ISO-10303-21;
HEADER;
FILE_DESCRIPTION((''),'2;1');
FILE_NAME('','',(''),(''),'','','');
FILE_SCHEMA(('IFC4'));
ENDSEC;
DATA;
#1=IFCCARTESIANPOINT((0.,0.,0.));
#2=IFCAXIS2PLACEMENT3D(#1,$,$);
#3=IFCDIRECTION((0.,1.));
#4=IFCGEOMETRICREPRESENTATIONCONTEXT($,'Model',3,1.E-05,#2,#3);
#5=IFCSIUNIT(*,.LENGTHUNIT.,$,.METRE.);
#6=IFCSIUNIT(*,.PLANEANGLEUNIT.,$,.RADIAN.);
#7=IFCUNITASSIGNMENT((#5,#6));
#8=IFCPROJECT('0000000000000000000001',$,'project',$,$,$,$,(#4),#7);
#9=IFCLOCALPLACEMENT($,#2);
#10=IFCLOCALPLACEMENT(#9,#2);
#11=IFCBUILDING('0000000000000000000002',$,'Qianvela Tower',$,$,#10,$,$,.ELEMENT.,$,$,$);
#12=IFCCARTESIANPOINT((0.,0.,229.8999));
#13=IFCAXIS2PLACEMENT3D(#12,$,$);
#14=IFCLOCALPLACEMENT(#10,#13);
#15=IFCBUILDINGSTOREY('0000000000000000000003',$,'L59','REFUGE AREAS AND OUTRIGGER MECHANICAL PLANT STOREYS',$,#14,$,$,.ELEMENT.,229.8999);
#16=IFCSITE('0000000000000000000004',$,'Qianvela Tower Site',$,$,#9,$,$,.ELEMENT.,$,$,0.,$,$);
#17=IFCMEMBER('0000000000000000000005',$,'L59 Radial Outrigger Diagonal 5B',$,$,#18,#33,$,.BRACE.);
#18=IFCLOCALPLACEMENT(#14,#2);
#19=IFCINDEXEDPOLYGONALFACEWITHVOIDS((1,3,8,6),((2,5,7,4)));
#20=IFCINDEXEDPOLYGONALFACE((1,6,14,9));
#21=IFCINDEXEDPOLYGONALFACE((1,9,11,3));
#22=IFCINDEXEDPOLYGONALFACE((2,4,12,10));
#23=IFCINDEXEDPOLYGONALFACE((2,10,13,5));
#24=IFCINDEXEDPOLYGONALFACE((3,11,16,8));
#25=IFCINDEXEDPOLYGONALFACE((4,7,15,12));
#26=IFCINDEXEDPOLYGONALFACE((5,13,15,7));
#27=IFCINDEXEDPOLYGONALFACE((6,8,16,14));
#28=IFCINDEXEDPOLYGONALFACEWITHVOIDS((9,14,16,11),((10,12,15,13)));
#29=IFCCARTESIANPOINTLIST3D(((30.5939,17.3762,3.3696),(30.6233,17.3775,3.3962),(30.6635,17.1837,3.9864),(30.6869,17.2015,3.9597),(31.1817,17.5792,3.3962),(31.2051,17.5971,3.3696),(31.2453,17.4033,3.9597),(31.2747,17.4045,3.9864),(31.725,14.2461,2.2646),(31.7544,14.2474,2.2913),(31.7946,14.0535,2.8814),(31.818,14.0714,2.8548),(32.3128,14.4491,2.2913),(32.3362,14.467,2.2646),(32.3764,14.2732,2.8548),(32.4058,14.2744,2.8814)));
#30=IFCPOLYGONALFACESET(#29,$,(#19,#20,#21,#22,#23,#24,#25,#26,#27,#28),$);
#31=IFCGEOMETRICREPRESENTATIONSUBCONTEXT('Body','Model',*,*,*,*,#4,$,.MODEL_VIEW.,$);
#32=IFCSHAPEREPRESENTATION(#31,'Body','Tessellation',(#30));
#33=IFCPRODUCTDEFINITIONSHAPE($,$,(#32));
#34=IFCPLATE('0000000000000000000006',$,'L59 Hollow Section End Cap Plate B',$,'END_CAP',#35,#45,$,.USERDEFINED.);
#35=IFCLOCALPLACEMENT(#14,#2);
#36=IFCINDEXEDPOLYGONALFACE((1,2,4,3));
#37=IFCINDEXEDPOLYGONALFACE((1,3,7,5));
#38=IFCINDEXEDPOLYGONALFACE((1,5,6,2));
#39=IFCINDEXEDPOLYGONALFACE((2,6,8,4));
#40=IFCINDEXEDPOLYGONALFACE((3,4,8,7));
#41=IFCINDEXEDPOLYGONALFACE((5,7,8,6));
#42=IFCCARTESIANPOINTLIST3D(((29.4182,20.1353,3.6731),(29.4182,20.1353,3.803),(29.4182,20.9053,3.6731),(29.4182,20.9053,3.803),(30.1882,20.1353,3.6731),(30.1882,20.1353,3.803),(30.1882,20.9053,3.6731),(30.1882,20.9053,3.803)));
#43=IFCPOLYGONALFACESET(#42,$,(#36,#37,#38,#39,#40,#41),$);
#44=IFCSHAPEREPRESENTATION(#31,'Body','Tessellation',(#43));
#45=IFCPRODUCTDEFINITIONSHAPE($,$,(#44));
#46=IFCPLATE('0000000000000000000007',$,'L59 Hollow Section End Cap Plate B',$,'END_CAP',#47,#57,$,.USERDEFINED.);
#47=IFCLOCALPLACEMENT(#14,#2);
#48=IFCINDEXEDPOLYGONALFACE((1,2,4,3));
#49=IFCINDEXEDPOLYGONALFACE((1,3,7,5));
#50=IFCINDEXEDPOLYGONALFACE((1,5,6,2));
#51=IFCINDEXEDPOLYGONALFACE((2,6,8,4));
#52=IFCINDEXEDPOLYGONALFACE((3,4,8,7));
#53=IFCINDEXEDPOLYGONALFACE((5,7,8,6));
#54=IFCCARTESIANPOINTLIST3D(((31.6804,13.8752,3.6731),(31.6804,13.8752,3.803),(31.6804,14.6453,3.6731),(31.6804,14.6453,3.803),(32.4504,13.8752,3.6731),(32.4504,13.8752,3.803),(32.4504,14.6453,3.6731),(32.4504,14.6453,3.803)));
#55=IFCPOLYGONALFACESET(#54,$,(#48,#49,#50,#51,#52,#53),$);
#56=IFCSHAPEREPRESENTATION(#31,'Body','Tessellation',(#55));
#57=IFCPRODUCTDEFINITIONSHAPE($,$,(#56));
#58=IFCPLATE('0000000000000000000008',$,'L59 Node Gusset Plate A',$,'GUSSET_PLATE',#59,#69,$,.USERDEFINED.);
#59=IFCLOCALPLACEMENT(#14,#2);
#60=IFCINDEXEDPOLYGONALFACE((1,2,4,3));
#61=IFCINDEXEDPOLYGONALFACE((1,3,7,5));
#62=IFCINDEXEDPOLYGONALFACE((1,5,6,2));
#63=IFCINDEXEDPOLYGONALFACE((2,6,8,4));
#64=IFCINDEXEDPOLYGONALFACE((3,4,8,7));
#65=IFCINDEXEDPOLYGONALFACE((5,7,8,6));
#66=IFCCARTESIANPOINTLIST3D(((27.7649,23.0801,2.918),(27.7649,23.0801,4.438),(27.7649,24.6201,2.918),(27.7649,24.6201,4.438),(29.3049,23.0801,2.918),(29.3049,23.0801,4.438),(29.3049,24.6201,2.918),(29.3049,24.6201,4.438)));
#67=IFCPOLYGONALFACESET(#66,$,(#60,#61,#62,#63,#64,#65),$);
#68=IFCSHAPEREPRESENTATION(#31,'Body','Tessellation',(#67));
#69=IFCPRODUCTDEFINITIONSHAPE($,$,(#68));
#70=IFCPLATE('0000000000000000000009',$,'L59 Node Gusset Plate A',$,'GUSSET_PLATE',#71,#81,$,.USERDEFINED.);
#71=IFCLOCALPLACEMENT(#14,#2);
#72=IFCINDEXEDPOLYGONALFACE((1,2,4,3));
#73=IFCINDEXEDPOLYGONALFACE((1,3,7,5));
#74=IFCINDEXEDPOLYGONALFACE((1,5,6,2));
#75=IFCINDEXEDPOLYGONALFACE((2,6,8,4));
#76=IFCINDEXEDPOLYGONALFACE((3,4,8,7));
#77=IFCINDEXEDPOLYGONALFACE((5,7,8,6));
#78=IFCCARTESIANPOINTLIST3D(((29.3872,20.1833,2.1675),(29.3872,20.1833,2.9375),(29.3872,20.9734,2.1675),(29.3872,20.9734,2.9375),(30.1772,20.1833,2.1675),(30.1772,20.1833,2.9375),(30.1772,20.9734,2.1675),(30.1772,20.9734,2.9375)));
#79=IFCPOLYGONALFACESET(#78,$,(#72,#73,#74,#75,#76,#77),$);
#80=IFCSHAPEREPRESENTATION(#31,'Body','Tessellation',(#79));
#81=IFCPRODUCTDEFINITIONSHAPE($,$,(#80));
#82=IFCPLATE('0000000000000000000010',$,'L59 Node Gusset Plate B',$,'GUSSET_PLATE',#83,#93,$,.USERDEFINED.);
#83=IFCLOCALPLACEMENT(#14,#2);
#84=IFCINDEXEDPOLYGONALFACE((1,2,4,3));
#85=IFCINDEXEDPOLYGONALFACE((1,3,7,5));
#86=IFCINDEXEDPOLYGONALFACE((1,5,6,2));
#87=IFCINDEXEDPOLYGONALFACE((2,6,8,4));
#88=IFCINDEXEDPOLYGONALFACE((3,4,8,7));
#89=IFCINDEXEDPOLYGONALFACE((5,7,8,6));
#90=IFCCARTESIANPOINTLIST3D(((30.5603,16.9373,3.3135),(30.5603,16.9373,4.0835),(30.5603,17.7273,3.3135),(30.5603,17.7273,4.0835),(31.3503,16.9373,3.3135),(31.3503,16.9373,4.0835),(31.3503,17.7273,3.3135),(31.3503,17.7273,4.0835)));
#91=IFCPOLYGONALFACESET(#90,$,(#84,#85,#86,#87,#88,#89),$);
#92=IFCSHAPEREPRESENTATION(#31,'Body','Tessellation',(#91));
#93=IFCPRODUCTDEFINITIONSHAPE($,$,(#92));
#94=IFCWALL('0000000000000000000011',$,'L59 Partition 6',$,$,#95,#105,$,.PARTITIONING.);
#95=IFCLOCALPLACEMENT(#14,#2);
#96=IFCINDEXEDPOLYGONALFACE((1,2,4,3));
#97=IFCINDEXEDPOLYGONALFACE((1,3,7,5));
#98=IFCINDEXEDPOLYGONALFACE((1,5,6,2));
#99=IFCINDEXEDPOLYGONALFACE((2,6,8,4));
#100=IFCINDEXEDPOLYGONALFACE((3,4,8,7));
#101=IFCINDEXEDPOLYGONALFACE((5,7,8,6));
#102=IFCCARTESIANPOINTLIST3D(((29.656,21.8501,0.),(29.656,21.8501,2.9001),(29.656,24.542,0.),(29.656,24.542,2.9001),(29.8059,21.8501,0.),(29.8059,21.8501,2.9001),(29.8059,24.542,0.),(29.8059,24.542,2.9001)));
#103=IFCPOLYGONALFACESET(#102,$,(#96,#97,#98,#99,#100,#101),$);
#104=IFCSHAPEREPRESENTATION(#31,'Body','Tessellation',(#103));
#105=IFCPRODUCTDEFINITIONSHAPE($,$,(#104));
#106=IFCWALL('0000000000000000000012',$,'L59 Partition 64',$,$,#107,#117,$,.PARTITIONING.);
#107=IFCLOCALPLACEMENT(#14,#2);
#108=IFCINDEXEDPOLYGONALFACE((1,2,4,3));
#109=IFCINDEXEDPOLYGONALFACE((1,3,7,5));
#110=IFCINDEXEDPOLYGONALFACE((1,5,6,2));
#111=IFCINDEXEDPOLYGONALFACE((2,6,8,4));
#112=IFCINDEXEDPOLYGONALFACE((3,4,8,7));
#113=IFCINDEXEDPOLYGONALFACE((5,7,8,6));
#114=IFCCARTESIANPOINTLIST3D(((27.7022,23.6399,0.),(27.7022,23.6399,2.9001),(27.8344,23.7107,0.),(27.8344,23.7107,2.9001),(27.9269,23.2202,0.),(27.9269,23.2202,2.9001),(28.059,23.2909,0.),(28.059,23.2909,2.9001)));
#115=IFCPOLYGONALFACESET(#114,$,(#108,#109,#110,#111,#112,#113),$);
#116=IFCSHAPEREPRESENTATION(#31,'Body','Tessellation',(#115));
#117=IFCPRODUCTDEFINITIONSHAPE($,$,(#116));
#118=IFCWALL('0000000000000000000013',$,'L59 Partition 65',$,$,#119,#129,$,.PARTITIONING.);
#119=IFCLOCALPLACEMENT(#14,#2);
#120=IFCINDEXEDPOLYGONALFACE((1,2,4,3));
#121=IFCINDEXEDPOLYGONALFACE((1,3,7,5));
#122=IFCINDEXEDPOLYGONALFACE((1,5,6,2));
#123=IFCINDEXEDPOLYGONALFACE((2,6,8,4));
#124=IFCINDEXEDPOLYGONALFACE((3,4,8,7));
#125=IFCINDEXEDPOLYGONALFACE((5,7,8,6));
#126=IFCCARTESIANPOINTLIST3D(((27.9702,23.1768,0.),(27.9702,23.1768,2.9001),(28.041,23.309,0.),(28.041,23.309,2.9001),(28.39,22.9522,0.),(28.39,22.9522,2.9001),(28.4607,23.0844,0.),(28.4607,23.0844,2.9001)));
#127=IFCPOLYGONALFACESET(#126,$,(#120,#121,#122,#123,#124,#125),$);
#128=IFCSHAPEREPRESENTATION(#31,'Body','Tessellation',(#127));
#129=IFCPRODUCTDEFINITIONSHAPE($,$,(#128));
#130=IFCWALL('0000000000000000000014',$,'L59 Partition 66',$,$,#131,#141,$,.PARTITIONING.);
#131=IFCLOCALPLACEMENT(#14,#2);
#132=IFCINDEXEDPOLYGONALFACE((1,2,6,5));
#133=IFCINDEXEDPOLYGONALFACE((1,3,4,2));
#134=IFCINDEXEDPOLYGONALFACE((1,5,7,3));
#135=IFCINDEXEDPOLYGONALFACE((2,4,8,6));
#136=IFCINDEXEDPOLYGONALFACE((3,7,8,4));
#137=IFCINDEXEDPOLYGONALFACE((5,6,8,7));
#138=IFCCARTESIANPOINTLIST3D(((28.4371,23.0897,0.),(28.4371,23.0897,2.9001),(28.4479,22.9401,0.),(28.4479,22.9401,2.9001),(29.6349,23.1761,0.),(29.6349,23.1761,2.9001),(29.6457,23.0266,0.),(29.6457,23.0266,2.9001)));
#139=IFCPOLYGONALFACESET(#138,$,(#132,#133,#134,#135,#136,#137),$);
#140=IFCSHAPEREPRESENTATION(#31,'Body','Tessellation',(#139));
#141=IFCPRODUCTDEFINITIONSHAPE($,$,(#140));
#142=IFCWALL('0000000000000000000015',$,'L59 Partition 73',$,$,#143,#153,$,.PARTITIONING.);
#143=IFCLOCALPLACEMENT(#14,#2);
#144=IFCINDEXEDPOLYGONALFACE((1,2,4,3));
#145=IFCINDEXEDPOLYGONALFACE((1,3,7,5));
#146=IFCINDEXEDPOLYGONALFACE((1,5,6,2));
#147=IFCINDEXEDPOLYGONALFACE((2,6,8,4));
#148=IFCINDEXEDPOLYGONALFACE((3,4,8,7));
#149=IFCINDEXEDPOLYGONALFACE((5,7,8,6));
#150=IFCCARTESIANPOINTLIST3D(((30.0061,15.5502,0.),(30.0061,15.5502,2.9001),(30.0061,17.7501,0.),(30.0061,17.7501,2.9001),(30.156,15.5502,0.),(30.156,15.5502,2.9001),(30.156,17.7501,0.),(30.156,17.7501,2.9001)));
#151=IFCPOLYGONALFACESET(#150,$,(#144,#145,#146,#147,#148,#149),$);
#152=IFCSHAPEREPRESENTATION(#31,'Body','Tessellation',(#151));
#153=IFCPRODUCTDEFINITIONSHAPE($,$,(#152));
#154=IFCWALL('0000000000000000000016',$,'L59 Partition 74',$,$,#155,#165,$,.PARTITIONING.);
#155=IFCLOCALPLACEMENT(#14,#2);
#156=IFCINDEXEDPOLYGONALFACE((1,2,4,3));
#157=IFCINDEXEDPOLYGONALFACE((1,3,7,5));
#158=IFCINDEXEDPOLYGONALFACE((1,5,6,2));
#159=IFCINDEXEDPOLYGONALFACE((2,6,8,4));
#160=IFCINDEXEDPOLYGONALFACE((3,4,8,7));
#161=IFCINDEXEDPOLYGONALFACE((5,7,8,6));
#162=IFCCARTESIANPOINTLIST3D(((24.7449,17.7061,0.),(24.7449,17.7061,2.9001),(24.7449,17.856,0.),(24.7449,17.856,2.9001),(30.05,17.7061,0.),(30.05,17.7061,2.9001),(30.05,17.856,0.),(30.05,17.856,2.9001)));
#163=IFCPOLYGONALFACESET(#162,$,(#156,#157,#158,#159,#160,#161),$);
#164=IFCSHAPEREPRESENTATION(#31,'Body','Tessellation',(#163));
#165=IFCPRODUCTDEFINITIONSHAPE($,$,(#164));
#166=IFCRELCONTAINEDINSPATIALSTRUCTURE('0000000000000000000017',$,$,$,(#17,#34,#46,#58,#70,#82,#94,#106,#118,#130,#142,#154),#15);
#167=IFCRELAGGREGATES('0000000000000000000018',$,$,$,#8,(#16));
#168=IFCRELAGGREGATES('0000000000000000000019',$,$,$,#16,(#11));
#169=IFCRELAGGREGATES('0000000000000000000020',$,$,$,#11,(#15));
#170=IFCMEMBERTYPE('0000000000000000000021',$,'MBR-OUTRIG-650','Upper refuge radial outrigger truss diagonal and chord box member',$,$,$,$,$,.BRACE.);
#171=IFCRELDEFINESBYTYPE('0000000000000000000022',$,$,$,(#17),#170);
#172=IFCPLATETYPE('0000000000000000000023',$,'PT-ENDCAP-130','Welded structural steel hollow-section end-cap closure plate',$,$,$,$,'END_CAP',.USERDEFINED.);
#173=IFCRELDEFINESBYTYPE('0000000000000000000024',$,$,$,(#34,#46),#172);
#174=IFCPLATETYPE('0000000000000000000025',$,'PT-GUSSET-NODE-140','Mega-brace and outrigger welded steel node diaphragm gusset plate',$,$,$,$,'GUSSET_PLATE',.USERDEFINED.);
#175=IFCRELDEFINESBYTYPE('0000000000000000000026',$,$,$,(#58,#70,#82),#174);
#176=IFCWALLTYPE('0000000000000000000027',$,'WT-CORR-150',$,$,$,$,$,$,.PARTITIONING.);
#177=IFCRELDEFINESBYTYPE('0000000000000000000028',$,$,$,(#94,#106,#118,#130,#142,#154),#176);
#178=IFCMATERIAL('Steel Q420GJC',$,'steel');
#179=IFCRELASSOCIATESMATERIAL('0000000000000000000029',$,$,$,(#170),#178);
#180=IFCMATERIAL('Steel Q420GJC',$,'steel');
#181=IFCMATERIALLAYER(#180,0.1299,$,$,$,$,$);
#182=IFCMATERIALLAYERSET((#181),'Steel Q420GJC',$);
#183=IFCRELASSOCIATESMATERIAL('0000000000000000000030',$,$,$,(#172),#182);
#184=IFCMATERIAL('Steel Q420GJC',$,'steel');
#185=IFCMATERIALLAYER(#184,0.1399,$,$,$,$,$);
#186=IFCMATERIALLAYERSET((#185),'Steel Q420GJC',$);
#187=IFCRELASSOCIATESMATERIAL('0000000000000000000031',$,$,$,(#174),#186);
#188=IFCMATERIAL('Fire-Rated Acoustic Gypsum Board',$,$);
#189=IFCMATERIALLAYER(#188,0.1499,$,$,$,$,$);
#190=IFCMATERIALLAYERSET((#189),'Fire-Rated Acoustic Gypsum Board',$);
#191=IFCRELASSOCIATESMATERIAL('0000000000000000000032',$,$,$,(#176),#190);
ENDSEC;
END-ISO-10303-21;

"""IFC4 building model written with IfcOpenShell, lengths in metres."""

from ifc_helpers import new_model, si_unit, direction, frame, frame_2d, origin, origin_2d, place, context, subcontext, project, spatial, rectangle, hollow_rectangle, extrude, material, layer, layer_set, material_profile, profile_set, type_object, element, save


model = new_model("IFC4")

# Units and contexts
model_context = context("Model", 3, precision=1e-05, world=origin(), true_north=direction((0.0, 1.0)))
body_context = subcontext(model_context, "Body", "Model", "MODEL_VIEW")
ifc_project = project(units=[si_unit("LENGTHUNIT", "METRE"), si_unit("PLANEANGLEUNIT", "RADIAN")], contexts=[model_context])

# Site, building, storey
site_placement = place(None, origin())
site = spatial("IfcSite", under=ifc_project, at=site_placement, Name="Qianvela Tower Site", CompositionType="ELEMENT", RefElevation=0.0)
building_placement = place(site_placement, origin())
building = spatial("IfcBuilding", under=site, at=building_placement, Name="Qianvela Tower", CompositionType="ELEMENT")
storey_placement = place(building_placement, frame((0.0, 0.0, 229.8999)))
storey = spatial("IfcBuildingStorey", under=building, at=storey_placement, Name="L59", Description="REFUGE AREAS AND OUTRIGGER MECHANICAL PLANT STOREYS", CompositionType="ELEMENT", Elevation=229.8999)

# Member
ifc_material_1 = material(Name="Steel Q420GJC", Category="steel")
ifc_material_profile_1 = material_profile(ifc_material_1, hollow_rectangle(XDim=0.6499, YDim=0.6499, WallThickness=0.0281, at=origin_2d()), Name="OBOX-650x650x28")
ifc_profile_set_1 = profile_set([ifc_material_profile_1], Name="Steel Q420GJC")
member_type = type_object("IfcMemberType", Name="MBR-OUTRIG-650", Description="Upper refuge radial outrigger truss diagonal and chord box member", PredefinedType="BRACE", material=ifc_profile_set_1)
member_1_placement = place(storey_placement, frame((30.9343, 17.3904, 3.678), z_axis=(0.32254, -0.892572, -0.315091), x_axis=(0.940479, 0.339852, 0.0)))
element("IfcMember", 1, at=member_1_placement, inside=storey, type_object=member_type, Name="L59 Radial Outrigger Diagonal 5B", PredefinedType="BRACE", context=body_context, shape_type="SweptSolid", body=[
    extrude(hollow_rectangle(XDim=0.6499, YDim=0.6499, WallThickness=0.0281, at=origin_2d()), origin(), (0.0, 0.0, 1.0), 3.5068),
])

# Plates
ifc_material_2 = material(Name="Steel Q420GJC", Category="steel")
ifc_layer_1 = layer(ifc_material_2, 0.1299)
ifc_layer_set_1 = layer_set([ifc_layer_1], Name="Steel Q420GJC")
plate_type_1 = type_object("IfcPlateType", Name="PT-ENDCAP-130", Description="Welded structural steel hollow-section end-cap closure plate", ElementType="END_CAP", PredefinedType="USERDEFINED", material=ifc_layer_set_1)
for number, where, z_axis, x_axis, name in (
    (2, (29.8032, 20.5203, 3.6731), (0.0, 0.0, 1.0), (1.0, 0.0, 0.0), "L59 Hollow Section End Cap Plate B"),
    (3, (32.0654, 14.2603, 3.6731), (0.0, 0.0, 1.0), (1.0, 0.0, 0.0), "L59 Hollow Section End Cap Plate B"),
):
    element("IfcPlate", number, at=place(storey_placement, frame(where, z_axis=z_axis, x_axis=x_axis)), inside=storey, type_object=plate_type_1, Name=name, ObjectType="END_CAP", PredefinedType="USERDEFINED", context=body_context, shape_type="SweptSolid", body=[
        extrude(rectangle(XDim=0.77, YDim=0.77, at=origin_2d()), origin(), (0.0, 0.0, 1.0), 0.1299),
    ])
ifc_material_3 = material(Name="Steel Q420GJC", Category="steel")
ifc_layer_2 = layer(ifc_material_3, 0.1399)
ifc_layer_set_2 = layer_set([ifc_layer_2], Name="Steel Q420GJC")
plate_type_2 = type_object("IfcPlateType", Name="PT-GUSSET-NODE-140", Description="Mega-brace and outrigger welded steel node diaphragm gusset plate", ElementType="GUSSET_PLATE", PredefinedType="USERDEFINED", material=ifc_layer_set_2)
plate_placement = place(storey_placement, frame((28.5349, 23.8501, 2.918), z_axis=(0.0, 0.0, 1.0), x_axis=(1.0, 0.0, 0.0)))
element("IfcPlate", 4, at=plate_placement, inside=storey, type_object=plate_type_2, Name="L59 Node Gusset Plate A", ObjectType="GUSSET_PLATE", PredefinedType="USERDEFINED", context=body_context, shape_type="SweptSolid", body=[
    extrude(rectangle(XDim=1.54, YDim=1.54, at=origin_2d()), origin(), (0.0, 0.0, 1.0), 1.52),
])
for number, where, z_axis, x_axis, name in (
    (5, (29.7822, 20.5784, 2.1675), (0.0, 0.0, 1.0), (1.0, 0.0, 0.0), "L59 Node Gusset Plate A"),
    (6, (30.9553, 17.3323, 3.3135), (0.0, 0.0, 1.0), (1.0, 0.0, 0.0), "L59 Node Gusset Plate B"),
):
    element("IfcPlate", number, at=place(storey_placement, frame(where, z_axis=z_axis, x_axis=x_axis)), inside=storey, type_object=plate_type_2, Name=name, ObjectType="GUSSET_PLATE", PredefinedType="USERDEFINED", context=body_context, shape_type="SweptSolid", body=[
        extrude(rectangle(XDim=0.79, YDim=0.79, at=origin_2d()), origin(), (0.0, 0.0, 1.0), 0.77),
    ])

# Shared definitions
ifc_material_4 = material(Name="Fire-Rated Acoustic Gypsum Board")
ifc_layer_3 = layer(ifc_material_4, 0.1499)
ifc_layer_set_3 = layer_set([ifc_layer_3], Name="Fire-Rated Acoustic Gypsum Board")
wall_type = type_object("IfcWallType", Name="WT-CORR-150", PredefinedType="PARTITIONING", material=ifc_layer_set_3)

# Walls
wall_1_placement = place(storey_placement, frame((29.731, 21.8501, 0.0), z_axis=(0.0, 0.0, 1.0), x_axis=(0.0, 1.0, 0.0)))
element("IfcWall", 7, at=wall_1_placement, inside=storey, type_object=wall_type, Name="L59 Partition 6", PredefinedType="PARTITIONING", context=body_context, shape_type="SweptSolid", body=[
    extrude(rectangle(XDim=2.6919, YDim=0.1499, at=frame_2d((1.3459, 0.0))), origin(), (0.0, 0.0, 1.0), 2.9001),
])
for number, where, z_axis, x_axis, name in (
    (8, (27.7683, 23.6753, 0.0), (0.0, 0.0, 1.0), (0.471866, -0.881671, 0.0), "L59 Partition 64"),
    (9, (28.0056, 23.2429, 0.0), (0.0, 0.0, 1.0), (0.881671, -0.471866, 0.0), "L59 Partition 65"),
):
    element("IfcWall", number, at=place(storey_placement, frame(where, z_axis=z_axis, x_axis=x_axis)), inside=storey, type_object=wall_type, Name=name, PredefinedType="PARTITIONING", context=body_context, shape_type="SweptSolid", body=[
        extrude(rectangle(XDim=0.4761, YDim=0.1499, at=frame_2d((0.238, 0.0))), origin(), (0.0, 0.0, 1.0), 2.9001),
    ])
wall_2_placement = place(storey_placement, frame((28.4424, 23.0149, 0.0), z_axis=(0.0, 0.0, 1.0), x_axis=(0.997407, 0.071969, 0.0)))
element("IfcWall", 10, at=wall_2_placement, inside=storey, type_object=wall_type, Name="L59 Partition 66", PredefinedType="PARTITIONING", context=body_context, shape_type="SweptSolid", body=[
    extrude(rectangle(XDim=1.2009, YDim=0.1499, at=frame_2d((0.6006, 0.0))), origin(), (0.0, 0.0, 1.0), 2.9001),
])
wall_3_placement = place(storey_placement, frame((30.0811, 15.55, 0.0), z_axis=(0.0, 0.0, 1.0), x_axis=(0.0, 1.0, 0.0)))
element("IfcWall", 11, at=wall_3_placement, inside=storey, type_object=wall_type, Name="L59 Partition 73", PredefinedType="PARTITIONING", context=body_context, shape_type="SweptSolid", body=[
    extrude(rectangle(XDim=2.2, YDim=0.1499, at=frame_2d((1.1001, 0.0))), origin(), (0.0, 0.0, 1.0), 2.9001),
])
wall_4_placement = place(storey_placement, frame((30.05, 17.781, 0.0), z_axis=(0.0, 0.0, 1.0), x_axis=(-1.0, 0.0, 0.0)))
element("IfcWall", 12, at=wall_4_placement, inside=storey, type_object=wall_type, Name="L59 Partition 74", PredefinedType="PARTITIONING", context=body_context, shape_type="SweptSolid", body=[
    extrude(rectangle(XDim=5.3052, YDim=0.1499, at=frame_2d((2.6526, 0.0))), origin(), (0.0, 0.0, 1.0), 2.9001),
])

save(model, "model.ifc")
